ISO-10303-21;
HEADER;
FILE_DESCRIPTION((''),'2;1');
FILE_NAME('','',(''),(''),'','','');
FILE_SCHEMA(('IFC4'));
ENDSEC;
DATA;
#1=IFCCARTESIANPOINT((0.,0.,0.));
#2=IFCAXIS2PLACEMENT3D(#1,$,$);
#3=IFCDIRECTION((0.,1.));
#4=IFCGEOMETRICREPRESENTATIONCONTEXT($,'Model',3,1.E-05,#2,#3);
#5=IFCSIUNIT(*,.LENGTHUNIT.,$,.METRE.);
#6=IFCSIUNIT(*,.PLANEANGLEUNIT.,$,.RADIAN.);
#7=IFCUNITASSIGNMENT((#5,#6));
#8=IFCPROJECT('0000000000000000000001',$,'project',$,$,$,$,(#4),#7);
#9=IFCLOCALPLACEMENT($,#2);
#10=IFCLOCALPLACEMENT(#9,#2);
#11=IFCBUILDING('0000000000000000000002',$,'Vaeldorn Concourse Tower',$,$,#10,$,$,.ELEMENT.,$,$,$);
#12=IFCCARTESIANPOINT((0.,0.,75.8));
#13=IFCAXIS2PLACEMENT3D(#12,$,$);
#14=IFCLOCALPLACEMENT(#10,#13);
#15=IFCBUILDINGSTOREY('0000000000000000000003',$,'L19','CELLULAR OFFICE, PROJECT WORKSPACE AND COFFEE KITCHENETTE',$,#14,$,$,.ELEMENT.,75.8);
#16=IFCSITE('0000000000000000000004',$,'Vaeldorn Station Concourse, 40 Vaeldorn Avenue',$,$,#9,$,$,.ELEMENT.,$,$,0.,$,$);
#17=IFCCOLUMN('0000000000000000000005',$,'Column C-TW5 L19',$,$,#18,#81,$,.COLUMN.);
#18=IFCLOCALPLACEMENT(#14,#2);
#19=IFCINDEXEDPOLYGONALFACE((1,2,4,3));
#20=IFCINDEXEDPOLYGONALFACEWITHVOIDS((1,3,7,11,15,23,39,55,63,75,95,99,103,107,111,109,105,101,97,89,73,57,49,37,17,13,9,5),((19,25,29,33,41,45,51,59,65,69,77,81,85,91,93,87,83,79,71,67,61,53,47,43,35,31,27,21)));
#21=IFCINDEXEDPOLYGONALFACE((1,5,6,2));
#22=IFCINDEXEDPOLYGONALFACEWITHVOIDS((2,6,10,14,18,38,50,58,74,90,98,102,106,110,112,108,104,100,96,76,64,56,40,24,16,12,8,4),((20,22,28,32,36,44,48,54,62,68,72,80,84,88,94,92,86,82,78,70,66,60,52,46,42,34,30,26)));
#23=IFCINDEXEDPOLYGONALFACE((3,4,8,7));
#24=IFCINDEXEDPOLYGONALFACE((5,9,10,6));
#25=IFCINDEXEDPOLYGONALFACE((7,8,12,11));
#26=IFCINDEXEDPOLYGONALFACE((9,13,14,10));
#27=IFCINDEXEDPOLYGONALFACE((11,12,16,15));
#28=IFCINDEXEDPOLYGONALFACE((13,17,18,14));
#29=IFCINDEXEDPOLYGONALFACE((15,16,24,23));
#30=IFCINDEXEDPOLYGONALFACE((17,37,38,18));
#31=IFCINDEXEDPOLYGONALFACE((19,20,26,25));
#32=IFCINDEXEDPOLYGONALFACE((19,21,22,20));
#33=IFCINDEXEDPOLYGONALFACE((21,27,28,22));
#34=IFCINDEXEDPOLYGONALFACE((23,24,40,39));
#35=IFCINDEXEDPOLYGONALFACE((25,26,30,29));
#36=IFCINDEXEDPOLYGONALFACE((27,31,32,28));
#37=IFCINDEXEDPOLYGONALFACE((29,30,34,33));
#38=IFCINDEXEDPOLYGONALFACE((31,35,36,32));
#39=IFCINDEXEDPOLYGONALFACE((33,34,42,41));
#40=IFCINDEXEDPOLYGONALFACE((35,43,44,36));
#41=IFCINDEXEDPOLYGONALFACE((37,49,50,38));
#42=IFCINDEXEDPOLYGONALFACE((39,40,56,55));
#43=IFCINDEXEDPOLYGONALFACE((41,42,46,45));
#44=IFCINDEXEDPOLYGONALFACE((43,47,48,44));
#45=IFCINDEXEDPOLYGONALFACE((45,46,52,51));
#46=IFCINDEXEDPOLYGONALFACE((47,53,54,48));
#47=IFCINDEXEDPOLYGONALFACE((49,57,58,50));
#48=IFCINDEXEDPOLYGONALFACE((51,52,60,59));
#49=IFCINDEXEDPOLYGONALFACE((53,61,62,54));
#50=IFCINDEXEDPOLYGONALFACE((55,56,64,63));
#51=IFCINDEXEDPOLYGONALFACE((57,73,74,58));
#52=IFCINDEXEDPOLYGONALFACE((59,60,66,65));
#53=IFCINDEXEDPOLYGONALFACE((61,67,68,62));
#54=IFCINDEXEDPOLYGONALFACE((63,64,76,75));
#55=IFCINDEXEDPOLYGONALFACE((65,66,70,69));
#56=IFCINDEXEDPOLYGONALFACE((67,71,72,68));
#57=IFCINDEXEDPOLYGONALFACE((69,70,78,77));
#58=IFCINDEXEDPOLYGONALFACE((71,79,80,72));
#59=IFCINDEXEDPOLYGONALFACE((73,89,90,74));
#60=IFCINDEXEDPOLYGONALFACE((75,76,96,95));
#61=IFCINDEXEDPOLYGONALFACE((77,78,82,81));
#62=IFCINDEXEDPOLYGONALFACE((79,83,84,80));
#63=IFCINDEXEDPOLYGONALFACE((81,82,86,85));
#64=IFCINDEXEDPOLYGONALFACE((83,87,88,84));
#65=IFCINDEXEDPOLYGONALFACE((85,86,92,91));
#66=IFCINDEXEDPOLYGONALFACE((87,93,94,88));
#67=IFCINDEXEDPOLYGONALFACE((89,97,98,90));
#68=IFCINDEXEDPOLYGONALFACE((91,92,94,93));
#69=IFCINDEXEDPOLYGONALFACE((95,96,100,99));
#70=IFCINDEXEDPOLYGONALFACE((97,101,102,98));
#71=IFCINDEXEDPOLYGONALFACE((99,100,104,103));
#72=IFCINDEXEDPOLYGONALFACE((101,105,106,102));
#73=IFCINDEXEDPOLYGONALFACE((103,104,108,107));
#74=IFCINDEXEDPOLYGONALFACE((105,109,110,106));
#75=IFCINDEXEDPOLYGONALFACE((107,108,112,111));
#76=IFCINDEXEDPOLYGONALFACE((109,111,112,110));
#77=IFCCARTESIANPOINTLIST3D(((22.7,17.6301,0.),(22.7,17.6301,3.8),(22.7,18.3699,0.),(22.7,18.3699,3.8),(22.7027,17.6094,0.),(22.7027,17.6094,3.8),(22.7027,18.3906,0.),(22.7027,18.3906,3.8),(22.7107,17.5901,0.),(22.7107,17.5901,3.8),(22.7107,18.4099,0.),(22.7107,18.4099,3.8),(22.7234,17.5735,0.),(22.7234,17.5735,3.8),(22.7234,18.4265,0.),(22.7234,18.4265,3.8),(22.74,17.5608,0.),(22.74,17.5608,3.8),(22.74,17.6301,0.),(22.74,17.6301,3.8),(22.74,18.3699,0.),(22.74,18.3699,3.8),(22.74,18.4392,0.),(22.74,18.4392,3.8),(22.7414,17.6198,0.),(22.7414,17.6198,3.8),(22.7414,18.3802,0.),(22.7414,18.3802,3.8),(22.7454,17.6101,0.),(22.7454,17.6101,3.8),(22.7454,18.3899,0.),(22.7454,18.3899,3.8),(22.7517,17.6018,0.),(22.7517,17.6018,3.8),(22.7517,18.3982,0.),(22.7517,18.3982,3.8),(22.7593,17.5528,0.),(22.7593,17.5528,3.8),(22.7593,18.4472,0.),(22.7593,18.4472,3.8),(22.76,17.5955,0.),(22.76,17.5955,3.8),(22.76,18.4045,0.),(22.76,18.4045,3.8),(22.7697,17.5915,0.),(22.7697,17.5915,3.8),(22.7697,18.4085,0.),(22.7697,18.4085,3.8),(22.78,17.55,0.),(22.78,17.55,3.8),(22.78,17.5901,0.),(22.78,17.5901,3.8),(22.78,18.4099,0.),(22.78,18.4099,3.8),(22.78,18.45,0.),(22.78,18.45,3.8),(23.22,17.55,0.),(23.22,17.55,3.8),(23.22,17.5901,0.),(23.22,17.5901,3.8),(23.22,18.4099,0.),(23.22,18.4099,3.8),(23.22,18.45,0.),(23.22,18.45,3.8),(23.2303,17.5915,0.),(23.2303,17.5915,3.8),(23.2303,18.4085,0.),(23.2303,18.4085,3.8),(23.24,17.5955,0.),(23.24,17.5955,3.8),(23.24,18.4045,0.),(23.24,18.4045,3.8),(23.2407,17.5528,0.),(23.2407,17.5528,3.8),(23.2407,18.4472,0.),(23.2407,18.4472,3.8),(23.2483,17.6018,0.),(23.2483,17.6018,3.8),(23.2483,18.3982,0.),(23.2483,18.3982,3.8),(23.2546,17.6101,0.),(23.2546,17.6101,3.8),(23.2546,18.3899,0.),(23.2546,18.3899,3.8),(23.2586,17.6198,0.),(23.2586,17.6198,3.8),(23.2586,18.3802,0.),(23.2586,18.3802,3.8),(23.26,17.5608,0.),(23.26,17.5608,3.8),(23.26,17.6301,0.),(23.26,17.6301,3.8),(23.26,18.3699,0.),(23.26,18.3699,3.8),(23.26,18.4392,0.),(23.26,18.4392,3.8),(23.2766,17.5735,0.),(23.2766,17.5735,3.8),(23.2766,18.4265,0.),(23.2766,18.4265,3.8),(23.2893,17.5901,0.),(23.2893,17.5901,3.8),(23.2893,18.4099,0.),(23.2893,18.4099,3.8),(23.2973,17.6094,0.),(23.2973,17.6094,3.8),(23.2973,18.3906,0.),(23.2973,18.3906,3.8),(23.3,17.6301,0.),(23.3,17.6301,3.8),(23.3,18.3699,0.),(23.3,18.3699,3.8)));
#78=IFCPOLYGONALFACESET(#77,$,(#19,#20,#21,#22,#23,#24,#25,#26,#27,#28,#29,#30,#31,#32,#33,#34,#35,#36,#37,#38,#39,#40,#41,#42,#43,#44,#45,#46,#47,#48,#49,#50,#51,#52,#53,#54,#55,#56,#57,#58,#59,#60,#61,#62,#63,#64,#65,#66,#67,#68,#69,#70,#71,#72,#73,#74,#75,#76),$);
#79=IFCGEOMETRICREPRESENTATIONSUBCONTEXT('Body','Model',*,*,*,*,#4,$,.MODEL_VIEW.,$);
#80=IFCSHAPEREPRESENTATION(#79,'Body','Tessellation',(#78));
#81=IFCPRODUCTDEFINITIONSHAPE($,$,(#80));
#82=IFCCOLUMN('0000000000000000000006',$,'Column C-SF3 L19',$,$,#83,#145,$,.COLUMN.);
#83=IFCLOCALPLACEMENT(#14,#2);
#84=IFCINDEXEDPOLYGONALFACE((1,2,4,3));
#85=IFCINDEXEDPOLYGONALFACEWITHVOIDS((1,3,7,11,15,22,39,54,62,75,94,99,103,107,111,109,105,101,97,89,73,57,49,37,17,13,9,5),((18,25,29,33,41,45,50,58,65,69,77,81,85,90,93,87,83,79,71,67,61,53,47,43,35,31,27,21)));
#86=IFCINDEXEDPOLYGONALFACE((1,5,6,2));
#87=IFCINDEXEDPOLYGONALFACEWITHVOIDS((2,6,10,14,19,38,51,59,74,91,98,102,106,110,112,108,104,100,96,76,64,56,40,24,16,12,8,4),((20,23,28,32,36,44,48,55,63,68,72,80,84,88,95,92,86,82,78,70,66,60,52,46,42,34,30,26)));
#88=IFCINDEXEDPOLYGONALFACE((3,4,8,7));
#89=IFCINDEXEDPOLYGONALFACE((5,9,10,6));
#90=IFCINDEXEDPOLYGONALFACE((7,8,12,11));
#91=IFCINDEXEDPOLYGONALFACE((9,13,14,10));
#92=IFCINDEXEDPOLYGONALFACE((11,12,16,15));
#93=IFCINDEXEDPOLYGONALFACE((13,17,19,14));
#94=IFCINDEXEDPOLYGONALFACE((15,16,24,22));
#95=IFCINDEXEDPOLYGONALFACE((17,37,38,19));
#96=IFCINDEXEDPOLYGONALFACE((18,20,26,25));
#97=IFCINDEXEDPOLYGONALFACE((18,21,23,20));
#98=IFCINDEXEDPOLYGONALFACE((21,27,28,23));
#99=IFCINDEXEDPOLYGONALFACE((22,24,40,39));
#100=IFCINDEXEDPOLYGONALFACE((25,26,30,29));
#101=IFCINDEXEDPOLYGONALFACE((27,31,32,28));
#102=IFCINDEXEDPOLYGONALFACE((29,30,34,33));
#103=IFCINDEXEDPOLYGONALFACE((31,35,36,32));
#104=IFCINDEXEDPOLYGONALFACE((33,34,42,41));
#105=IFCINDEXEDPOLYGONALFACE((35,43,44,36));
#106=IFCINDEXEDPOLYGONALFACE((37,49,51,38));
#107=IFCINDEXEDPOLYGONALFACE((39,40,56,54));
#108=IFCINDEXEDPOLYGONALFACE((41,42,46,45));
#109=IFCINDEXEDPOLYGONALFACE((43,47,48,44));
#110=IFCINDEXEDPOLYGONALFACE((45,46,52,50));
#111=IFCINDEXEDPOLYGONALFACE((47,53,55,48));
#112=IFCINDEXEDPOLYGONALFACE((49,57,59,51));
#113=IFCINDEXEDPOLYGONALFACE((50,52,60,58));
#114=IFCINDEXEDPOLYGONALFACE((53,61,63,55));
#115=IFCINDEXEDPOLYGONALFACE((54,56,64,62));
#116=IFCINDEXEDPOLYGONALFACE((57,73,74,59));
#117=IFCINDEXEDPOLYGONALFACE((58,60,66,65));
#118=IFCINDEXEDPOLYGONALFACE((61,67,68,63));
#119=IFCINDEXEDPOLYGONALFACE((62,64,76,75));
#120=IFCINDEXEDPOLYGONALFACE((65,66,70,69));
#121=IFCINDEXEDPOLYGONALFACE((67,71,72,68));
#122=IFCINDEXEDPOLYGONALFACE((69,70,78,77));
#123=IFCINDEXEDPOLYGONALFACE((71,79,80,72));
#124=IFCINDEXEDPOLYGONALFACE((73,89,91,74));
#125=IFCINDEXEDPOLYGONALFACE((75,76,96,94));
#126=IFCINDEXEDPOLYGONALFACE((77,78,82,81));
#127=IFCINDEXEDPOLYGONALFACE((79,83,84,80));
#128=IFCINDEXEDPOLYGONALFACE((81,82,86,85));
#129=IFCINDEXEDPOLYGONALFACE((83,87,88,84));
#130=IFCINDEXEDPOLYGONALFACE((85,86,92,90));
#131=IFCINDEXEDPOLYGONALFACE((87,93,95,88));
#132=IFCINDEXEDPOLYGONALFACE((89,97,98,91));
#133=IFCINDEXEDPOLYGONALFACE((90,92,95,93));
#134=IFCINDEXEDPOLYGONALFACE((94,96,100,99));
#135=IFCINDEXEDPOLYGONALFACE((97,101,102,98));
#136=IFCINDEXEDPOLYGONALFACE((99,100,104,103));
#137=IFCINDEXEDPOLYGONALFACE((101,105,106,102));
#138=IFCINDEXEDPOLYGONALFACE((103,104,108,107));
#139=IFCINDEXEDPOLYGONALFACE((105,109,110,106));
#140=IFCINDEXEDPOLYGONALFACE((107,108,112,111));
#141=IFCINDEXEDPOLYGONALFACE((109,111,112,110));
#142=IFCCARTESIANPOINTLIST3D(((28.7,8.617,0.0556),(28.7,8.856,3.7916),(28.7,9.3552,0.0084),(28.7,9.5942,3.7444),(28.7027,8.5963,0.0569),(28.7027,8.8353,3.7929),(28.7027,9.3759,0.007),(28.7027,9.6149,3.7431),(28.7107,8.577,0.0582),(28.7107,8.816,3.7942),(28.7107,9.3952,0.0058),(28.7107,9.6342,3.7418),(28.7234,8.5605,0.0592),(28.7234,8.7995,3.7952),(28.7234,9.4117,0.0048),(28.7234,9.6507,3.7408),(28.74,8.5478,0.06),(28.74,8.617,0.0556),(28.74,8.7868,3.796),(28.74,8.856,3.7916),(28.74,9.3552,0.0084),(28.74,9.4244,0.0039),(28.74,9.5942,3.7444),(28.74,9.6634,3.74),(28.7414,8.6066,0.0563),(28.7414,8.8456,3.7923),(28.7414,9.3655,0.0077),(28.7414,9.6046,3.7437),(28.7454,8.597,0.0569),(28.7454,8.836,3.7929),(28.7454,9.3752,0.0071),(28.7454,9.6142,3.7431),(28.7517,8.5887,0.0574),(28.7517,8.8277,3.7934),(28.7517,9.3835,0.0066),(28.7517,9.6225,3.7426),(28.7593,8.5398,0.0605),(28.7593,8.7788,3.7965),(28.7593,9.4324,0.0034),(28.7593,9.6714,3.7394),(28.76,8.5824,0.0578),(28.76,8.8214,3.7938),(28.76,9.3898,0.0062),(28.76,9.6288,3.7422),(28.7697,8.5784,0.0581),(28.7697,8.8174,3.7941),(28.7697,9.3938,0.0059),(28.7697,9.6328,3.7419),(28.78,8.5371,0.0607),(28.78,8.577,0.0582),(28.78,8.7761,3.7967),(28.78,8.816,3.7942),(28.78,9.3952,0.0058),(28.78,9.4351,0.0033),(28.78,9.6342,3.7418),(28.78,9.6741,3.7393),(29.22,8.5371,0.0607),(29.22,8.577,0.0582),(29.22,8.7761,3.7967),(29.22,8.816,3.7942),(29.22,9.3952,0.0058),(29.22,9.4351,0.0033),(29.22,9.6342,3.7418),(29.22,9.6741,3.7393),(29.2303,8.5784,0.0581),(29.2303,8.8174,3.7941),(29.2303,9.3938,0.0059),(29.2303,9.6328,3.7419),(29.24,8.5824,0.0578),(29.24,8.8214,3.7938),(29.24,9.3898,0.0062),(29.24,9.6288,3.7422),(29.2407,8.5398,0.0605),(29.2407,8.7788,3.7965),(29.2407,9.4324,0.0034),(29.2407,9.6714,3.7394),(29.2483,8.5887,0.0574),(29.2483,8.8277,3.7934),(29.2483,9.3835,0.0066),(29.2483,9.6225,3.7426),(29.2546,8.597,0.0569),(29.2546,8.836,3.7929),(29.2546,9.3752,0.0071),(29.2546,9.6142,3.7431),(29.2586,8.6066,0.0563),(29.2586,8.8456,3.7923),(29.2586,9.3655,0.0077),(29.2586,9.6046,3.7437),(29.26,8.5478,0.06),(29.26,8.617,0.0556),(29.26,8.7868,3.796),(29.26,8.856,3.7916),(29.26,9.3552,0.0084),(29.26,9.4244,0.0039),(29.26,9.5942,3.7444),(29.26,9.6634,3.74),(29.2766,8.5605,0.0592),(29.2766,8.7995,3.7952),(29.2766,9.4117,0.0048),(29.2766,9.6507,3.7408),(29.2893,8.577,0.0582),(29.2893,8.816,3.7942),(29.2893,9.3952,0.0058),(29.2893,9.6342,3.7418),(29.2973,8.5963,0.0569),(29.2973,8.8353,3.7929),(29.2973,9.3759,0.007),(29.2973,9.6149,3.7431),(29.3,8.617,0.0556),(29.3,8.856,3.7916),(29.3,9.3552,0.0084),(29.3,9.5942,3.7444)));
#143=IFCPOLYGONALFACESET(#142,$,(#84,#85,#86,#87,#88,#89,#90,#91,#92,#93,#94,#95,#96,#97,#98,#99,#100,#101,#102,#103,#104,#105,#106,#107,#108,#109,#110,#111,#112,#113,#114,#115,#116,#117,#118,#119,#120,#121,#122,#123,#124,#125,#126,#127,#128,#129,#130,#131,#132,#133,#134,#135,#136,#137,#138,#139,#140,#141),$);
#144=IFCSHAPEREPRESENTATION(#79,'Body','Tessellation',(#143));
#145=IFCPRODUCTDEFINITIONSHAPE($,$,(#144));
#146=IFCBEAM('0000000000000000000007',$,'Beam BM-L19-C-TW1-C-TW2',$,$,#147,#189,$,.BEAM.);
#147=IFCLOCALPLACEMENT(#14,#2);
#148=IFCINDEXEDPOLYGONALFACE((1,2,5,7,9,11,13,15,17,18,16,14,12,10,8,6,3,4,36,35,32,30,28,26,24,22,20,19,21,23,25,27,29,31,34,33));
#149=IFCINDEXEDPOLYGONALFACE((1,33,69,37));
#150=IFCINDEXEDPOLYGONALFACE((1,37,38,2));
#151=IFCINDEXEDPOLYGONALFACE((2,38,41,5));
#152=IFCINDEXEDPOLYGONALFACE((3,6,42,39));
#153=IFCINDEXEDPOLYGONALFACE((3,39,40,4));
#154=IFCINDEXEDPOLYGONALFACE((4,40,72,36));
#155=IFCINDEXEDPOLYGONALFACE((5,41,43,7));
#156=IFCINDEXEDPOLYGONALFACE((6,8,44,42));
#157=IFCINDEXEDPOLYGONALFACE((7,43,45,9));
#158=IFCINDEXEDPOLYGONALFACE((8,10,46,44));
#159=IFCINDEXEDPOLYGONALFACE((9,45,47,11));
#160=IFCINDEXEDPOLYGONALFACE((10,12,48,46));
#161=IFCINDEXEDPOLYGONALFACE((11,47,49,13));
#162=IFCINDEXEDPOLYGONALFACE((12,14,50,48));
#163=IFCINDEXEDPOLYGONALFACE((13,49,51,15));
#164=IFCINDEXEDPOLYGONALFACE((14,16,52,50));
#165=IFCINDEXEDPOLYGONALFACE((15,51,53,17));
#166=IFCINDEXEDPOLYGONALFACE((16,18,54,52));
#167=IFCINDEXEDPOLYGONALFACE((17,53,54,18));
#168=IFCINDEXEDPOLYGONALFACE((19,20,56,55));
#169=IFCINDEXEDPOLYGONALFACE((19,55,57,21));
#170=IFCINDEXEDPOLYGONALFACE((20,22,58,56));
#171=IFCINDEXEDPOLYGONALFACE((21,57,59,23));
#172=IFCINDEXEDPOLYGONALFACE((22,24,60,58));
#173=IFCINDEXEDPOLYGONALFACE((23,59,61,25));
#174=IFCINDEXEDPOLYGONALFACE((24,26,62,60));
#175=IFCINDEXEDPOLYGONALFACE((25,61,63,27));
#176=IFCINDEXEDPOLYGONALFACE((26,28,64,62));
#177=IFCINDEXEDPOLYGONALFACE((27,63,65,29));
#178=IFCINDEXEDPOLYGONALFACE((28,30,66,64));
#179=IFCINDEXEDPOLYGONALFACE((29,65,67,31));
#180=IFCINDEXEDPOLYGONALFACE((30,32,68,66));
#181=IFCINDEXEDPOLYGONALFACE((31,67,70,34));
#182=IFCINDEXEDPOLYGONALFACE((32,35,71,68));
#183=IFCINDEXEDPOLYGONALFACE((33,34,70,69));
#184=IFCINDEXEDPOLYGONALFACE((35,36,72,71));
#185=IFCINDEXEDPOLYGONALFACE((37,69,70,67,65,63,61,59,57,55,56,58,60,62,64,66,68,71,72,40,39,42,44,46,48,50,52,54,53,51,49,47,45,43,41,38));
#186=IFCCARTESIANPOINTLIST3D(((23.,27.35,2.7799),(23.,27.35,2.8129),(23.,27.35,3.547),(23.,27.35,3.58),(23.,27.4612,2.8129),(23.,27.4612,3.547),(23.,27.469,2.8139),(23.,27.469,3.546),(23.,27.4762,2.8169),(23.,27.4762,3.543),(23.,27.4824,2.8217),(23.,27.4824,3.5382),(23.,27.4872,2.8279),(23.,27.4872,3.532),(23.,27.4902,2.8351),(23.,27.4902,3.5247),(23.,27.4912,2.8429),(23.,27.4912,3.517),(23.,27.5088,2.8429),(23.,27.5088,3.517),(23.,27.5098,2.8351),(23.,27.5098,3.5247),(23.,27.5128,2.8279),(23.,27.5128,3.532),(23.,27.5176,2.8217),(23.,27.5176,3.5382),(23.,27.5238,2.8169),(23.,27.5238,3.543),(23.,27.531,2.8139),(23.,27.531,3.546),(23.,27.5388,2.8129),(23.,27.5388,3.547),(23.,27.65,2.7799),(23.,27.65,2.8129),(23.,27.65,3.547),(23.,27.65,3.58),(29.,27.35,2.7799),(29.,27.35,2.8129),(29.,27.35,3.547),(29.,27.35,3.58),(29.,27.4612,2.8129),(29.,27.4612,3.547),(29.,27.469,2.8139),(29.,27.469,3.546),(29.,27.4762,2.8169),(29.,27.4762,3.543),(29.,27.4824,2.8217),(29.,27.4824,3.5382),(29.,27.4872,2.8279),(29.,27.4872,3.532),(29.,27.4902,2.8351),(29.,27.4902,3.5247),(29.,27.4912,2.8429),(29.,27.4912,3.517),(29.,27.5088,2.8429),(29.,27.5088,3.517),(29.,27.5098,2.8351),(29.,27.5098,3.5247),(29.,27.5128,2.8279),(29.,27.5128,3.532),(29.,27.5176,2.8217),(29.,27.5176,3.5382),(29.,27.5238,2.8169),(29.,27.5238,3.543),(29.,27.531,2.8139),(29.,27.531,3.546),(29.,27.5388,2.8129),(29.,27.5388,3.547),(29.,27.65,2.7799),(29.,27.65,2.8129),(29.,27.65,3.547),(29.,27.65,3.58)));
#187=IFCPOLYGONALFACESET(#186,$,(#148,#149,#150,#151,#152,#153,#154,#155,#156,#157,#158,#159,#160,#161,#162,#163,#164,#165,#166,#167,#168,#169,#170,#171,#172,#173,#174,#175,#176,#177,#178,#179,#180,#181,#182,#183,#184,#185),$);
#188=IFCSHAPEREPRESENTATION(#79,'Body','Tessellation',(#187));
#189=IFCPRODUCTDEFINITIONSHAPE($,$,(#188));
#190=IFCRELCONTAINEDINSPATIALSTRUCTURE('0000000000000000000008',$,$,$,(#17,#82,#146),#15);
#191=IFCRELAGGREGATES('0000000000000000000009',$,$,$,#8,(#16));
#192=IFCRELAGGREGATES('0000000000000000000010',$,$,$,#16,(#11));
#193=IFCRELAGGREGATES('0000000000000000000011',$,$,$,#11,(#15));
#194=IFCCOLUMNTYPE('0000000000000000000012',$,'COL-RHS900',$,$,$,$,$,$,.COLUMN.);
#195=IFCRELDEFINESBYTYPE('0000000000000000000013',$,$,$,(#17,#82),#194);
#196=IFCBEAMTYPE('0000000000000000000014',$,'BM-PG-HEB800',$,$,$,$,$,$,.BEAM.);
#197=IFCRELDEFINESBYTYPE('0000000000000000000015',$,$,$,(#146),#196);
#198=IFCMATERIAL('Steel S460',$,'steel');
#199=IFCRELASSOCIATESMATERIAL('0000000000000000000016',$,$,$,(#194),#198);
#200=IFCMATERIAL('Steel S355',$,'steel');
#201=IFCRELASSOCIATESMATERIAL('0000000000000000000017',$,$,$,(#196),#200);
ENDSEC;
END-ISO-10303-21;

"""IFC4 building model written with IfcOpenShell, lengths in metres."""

from ifc_helpers import new_model, si_unit, direction, frame, origin, origin_2d, place, context, subcontext, project, spatial, hollow_rectangle, i_section, extrude, source, transform, mapped, material, material_profile, profile_set, type_object, element, save


model = new_model("IFC4")

# Units and contexts
model_context = context("Model", 3, precision=1e-05, world=origin(), true_north=direction((0.0, 1.0)))
body_context = subcontext(model_context, "Body", "Model", "MODEL_VIEW")
ifc_project = project(units=[si_unit("LENGTHUNIT", "METRE"), si_unit("PLANEANGLEUNIT", "RADIAN")], contexts=[model_context])

# Site, building, storey
site_placement = place(None, origin())
site = spatial("IfcSite", under=ifc_project, at=site_placement, Name="Vaeldorn Station Concourse, 40 Vaeldorn Avenue", CompositionType="ELEMENT", RefElevation=0.0)
building_placement = place(site_placement, origin())
building = spatial("IfcBuilding", under=site, at=building_placement, Name="Vaeldorn Concourse Tower", CompositionType="ELEMENT")
storey_placement = place(building_placement, frame((0.0, 0.0, 75.8)))
storey = spatial("IfcBuildingStorey", under=building, at=storey_placement, Name="L19", Description="CELLULAR OFFICE, PROJECT WORKSPACE AND COFFEE KITCHENETTE", CompositionType="ELEMENT", Elevation=75.8)

# Columns
ifc_material_1 = material(Name="Steel S460", Category="steel")
ifc_material_profile_1 = material_profile(ifc_material_1, hollow_rectangle(XDim=0.6001, YDim=0.8999, WallThickness=0.04, InnerFilletRadius=0.04, OuterFilletRadius=0.0801, at=origin_2d()), Name="RHS 900x600x40")
ifc_profile_set_1 = profile_set([ifc_material_profile_1], Name="Steel S460")
column_type_1 = type_object("IfcColumnType", Name="COL-RHS900", PredefinedType="COLUMN", material=ifc_profile_set_1)
shared_shape_1 = source(origin(), body_context, "Body", "SweptSolid", [
    extrude(hollow_rectangle(XDim=0.6001, YDim=0.8999, WallThickness=0.04, InnerFilletRadius=0.04, OuterFilletRadius=0.0801, at=origin_2d()), origin(), (0.0, 0.0, 1.0), 3.8),
])
for number, where, z_axis, x_axis, name in (
    (1, (23.0, 18.0, 0.0), (0.0, 0.0, 1.0), (1.0, 0.0, 0.0), "Column C-TW5 L19"),
):
    element("IfcColumn", number, at=place(storey_placement, frame(where, z_axis=z_axis, x_axis=x_axis)), inside=storey, type_object=column_type_1, Name=name, PredefinedType="COLUMN", context=body_context, shape_type="MappedRepresentation", body=[
        mapped(shared_shape_1, transform((0.0, 0.0, 0.0), scale=1.0)),
    ])
shared_shape_2 = source(origin(), body_context, "Body", "SweptSolid", [
    extrude(hollow_rectangle(XDim=0.6001, YDim=0.8999, WallThickness=0.04, InnerFilletRadius=0.04, OuterFilletRadius=0.0801, at=origin_2d()), origin(), (0.0, 0.0, 1.0), 3.7437),
])
column_1_placement = place(storey_placement, frame((29.0, 8.9861, 0.032), z_axis=(0.0, 0.063844, 0.99796), x_axis=(-1.0, 0.0, 0.0)))
element("IfcColumn", 2, at=column_1_placement, inside=storey, type_object=column_type_1, Name="Column C-SF3 L19", PredefinedType="COLUMN", context=body_context, shape_type="MappedRepresentation", body=[
    mapped(shared_shape_2, transform((0.0, 0.0, 0.0), scale=1.0)),
])

# Beam
ifc_material_2 = material(Name="Steel S355", Category="steel")
ifc_material_profile_2 = material_profile(ifc_material_2, i_section(OverallWidth=0.3, OverallDepth=0.8, WebThickness=0.0176, FlangeThickness=0.033, FilletRadius=0.03, at=origin_2d()), Name="HEB 800")
ifc_profile_set_2 = profile_set([ifc_material_profile_2], Name="Steel S355")
beam_type_1 = type_object("IfcBeamType", Name="BM-PG-HEB800", PredefinedType="BEAM", material=ifc_profile_set_2)
shared_shape_3 = source(origin(), body_context, "Body", "SweptSolid", [
    extrude(i_section(OverallWidth=0.3, OverallDepth=0.8, WebThickness=0.0176, FlangeThickness=0.033, FilletRadius=0.03, at=origin_2d()), origin(), (0.0, 0.0, 1.0), 6.0),
])
beam_1_placement = place(storey_placement, frame((23.0, 27.5, 3.1799), z_axis=(1.0, 0.0, 0.0), x_axis=(0.0, 1.0, 0.0)))
element("IfcBeam", 3, at=beam_1_placement, inside=storey, type_object=beam_type_1, Name="Beam BM-L19-C-TW1-C-TW2", PredefinedType="BEAM", context=body_context, shape_type="MappedRepresentation", body=[
    mapped(shared_shape_3, transform((0.0, 0.0, 0.0), scale=1.0)),
])

save(model, "model.ifc")
